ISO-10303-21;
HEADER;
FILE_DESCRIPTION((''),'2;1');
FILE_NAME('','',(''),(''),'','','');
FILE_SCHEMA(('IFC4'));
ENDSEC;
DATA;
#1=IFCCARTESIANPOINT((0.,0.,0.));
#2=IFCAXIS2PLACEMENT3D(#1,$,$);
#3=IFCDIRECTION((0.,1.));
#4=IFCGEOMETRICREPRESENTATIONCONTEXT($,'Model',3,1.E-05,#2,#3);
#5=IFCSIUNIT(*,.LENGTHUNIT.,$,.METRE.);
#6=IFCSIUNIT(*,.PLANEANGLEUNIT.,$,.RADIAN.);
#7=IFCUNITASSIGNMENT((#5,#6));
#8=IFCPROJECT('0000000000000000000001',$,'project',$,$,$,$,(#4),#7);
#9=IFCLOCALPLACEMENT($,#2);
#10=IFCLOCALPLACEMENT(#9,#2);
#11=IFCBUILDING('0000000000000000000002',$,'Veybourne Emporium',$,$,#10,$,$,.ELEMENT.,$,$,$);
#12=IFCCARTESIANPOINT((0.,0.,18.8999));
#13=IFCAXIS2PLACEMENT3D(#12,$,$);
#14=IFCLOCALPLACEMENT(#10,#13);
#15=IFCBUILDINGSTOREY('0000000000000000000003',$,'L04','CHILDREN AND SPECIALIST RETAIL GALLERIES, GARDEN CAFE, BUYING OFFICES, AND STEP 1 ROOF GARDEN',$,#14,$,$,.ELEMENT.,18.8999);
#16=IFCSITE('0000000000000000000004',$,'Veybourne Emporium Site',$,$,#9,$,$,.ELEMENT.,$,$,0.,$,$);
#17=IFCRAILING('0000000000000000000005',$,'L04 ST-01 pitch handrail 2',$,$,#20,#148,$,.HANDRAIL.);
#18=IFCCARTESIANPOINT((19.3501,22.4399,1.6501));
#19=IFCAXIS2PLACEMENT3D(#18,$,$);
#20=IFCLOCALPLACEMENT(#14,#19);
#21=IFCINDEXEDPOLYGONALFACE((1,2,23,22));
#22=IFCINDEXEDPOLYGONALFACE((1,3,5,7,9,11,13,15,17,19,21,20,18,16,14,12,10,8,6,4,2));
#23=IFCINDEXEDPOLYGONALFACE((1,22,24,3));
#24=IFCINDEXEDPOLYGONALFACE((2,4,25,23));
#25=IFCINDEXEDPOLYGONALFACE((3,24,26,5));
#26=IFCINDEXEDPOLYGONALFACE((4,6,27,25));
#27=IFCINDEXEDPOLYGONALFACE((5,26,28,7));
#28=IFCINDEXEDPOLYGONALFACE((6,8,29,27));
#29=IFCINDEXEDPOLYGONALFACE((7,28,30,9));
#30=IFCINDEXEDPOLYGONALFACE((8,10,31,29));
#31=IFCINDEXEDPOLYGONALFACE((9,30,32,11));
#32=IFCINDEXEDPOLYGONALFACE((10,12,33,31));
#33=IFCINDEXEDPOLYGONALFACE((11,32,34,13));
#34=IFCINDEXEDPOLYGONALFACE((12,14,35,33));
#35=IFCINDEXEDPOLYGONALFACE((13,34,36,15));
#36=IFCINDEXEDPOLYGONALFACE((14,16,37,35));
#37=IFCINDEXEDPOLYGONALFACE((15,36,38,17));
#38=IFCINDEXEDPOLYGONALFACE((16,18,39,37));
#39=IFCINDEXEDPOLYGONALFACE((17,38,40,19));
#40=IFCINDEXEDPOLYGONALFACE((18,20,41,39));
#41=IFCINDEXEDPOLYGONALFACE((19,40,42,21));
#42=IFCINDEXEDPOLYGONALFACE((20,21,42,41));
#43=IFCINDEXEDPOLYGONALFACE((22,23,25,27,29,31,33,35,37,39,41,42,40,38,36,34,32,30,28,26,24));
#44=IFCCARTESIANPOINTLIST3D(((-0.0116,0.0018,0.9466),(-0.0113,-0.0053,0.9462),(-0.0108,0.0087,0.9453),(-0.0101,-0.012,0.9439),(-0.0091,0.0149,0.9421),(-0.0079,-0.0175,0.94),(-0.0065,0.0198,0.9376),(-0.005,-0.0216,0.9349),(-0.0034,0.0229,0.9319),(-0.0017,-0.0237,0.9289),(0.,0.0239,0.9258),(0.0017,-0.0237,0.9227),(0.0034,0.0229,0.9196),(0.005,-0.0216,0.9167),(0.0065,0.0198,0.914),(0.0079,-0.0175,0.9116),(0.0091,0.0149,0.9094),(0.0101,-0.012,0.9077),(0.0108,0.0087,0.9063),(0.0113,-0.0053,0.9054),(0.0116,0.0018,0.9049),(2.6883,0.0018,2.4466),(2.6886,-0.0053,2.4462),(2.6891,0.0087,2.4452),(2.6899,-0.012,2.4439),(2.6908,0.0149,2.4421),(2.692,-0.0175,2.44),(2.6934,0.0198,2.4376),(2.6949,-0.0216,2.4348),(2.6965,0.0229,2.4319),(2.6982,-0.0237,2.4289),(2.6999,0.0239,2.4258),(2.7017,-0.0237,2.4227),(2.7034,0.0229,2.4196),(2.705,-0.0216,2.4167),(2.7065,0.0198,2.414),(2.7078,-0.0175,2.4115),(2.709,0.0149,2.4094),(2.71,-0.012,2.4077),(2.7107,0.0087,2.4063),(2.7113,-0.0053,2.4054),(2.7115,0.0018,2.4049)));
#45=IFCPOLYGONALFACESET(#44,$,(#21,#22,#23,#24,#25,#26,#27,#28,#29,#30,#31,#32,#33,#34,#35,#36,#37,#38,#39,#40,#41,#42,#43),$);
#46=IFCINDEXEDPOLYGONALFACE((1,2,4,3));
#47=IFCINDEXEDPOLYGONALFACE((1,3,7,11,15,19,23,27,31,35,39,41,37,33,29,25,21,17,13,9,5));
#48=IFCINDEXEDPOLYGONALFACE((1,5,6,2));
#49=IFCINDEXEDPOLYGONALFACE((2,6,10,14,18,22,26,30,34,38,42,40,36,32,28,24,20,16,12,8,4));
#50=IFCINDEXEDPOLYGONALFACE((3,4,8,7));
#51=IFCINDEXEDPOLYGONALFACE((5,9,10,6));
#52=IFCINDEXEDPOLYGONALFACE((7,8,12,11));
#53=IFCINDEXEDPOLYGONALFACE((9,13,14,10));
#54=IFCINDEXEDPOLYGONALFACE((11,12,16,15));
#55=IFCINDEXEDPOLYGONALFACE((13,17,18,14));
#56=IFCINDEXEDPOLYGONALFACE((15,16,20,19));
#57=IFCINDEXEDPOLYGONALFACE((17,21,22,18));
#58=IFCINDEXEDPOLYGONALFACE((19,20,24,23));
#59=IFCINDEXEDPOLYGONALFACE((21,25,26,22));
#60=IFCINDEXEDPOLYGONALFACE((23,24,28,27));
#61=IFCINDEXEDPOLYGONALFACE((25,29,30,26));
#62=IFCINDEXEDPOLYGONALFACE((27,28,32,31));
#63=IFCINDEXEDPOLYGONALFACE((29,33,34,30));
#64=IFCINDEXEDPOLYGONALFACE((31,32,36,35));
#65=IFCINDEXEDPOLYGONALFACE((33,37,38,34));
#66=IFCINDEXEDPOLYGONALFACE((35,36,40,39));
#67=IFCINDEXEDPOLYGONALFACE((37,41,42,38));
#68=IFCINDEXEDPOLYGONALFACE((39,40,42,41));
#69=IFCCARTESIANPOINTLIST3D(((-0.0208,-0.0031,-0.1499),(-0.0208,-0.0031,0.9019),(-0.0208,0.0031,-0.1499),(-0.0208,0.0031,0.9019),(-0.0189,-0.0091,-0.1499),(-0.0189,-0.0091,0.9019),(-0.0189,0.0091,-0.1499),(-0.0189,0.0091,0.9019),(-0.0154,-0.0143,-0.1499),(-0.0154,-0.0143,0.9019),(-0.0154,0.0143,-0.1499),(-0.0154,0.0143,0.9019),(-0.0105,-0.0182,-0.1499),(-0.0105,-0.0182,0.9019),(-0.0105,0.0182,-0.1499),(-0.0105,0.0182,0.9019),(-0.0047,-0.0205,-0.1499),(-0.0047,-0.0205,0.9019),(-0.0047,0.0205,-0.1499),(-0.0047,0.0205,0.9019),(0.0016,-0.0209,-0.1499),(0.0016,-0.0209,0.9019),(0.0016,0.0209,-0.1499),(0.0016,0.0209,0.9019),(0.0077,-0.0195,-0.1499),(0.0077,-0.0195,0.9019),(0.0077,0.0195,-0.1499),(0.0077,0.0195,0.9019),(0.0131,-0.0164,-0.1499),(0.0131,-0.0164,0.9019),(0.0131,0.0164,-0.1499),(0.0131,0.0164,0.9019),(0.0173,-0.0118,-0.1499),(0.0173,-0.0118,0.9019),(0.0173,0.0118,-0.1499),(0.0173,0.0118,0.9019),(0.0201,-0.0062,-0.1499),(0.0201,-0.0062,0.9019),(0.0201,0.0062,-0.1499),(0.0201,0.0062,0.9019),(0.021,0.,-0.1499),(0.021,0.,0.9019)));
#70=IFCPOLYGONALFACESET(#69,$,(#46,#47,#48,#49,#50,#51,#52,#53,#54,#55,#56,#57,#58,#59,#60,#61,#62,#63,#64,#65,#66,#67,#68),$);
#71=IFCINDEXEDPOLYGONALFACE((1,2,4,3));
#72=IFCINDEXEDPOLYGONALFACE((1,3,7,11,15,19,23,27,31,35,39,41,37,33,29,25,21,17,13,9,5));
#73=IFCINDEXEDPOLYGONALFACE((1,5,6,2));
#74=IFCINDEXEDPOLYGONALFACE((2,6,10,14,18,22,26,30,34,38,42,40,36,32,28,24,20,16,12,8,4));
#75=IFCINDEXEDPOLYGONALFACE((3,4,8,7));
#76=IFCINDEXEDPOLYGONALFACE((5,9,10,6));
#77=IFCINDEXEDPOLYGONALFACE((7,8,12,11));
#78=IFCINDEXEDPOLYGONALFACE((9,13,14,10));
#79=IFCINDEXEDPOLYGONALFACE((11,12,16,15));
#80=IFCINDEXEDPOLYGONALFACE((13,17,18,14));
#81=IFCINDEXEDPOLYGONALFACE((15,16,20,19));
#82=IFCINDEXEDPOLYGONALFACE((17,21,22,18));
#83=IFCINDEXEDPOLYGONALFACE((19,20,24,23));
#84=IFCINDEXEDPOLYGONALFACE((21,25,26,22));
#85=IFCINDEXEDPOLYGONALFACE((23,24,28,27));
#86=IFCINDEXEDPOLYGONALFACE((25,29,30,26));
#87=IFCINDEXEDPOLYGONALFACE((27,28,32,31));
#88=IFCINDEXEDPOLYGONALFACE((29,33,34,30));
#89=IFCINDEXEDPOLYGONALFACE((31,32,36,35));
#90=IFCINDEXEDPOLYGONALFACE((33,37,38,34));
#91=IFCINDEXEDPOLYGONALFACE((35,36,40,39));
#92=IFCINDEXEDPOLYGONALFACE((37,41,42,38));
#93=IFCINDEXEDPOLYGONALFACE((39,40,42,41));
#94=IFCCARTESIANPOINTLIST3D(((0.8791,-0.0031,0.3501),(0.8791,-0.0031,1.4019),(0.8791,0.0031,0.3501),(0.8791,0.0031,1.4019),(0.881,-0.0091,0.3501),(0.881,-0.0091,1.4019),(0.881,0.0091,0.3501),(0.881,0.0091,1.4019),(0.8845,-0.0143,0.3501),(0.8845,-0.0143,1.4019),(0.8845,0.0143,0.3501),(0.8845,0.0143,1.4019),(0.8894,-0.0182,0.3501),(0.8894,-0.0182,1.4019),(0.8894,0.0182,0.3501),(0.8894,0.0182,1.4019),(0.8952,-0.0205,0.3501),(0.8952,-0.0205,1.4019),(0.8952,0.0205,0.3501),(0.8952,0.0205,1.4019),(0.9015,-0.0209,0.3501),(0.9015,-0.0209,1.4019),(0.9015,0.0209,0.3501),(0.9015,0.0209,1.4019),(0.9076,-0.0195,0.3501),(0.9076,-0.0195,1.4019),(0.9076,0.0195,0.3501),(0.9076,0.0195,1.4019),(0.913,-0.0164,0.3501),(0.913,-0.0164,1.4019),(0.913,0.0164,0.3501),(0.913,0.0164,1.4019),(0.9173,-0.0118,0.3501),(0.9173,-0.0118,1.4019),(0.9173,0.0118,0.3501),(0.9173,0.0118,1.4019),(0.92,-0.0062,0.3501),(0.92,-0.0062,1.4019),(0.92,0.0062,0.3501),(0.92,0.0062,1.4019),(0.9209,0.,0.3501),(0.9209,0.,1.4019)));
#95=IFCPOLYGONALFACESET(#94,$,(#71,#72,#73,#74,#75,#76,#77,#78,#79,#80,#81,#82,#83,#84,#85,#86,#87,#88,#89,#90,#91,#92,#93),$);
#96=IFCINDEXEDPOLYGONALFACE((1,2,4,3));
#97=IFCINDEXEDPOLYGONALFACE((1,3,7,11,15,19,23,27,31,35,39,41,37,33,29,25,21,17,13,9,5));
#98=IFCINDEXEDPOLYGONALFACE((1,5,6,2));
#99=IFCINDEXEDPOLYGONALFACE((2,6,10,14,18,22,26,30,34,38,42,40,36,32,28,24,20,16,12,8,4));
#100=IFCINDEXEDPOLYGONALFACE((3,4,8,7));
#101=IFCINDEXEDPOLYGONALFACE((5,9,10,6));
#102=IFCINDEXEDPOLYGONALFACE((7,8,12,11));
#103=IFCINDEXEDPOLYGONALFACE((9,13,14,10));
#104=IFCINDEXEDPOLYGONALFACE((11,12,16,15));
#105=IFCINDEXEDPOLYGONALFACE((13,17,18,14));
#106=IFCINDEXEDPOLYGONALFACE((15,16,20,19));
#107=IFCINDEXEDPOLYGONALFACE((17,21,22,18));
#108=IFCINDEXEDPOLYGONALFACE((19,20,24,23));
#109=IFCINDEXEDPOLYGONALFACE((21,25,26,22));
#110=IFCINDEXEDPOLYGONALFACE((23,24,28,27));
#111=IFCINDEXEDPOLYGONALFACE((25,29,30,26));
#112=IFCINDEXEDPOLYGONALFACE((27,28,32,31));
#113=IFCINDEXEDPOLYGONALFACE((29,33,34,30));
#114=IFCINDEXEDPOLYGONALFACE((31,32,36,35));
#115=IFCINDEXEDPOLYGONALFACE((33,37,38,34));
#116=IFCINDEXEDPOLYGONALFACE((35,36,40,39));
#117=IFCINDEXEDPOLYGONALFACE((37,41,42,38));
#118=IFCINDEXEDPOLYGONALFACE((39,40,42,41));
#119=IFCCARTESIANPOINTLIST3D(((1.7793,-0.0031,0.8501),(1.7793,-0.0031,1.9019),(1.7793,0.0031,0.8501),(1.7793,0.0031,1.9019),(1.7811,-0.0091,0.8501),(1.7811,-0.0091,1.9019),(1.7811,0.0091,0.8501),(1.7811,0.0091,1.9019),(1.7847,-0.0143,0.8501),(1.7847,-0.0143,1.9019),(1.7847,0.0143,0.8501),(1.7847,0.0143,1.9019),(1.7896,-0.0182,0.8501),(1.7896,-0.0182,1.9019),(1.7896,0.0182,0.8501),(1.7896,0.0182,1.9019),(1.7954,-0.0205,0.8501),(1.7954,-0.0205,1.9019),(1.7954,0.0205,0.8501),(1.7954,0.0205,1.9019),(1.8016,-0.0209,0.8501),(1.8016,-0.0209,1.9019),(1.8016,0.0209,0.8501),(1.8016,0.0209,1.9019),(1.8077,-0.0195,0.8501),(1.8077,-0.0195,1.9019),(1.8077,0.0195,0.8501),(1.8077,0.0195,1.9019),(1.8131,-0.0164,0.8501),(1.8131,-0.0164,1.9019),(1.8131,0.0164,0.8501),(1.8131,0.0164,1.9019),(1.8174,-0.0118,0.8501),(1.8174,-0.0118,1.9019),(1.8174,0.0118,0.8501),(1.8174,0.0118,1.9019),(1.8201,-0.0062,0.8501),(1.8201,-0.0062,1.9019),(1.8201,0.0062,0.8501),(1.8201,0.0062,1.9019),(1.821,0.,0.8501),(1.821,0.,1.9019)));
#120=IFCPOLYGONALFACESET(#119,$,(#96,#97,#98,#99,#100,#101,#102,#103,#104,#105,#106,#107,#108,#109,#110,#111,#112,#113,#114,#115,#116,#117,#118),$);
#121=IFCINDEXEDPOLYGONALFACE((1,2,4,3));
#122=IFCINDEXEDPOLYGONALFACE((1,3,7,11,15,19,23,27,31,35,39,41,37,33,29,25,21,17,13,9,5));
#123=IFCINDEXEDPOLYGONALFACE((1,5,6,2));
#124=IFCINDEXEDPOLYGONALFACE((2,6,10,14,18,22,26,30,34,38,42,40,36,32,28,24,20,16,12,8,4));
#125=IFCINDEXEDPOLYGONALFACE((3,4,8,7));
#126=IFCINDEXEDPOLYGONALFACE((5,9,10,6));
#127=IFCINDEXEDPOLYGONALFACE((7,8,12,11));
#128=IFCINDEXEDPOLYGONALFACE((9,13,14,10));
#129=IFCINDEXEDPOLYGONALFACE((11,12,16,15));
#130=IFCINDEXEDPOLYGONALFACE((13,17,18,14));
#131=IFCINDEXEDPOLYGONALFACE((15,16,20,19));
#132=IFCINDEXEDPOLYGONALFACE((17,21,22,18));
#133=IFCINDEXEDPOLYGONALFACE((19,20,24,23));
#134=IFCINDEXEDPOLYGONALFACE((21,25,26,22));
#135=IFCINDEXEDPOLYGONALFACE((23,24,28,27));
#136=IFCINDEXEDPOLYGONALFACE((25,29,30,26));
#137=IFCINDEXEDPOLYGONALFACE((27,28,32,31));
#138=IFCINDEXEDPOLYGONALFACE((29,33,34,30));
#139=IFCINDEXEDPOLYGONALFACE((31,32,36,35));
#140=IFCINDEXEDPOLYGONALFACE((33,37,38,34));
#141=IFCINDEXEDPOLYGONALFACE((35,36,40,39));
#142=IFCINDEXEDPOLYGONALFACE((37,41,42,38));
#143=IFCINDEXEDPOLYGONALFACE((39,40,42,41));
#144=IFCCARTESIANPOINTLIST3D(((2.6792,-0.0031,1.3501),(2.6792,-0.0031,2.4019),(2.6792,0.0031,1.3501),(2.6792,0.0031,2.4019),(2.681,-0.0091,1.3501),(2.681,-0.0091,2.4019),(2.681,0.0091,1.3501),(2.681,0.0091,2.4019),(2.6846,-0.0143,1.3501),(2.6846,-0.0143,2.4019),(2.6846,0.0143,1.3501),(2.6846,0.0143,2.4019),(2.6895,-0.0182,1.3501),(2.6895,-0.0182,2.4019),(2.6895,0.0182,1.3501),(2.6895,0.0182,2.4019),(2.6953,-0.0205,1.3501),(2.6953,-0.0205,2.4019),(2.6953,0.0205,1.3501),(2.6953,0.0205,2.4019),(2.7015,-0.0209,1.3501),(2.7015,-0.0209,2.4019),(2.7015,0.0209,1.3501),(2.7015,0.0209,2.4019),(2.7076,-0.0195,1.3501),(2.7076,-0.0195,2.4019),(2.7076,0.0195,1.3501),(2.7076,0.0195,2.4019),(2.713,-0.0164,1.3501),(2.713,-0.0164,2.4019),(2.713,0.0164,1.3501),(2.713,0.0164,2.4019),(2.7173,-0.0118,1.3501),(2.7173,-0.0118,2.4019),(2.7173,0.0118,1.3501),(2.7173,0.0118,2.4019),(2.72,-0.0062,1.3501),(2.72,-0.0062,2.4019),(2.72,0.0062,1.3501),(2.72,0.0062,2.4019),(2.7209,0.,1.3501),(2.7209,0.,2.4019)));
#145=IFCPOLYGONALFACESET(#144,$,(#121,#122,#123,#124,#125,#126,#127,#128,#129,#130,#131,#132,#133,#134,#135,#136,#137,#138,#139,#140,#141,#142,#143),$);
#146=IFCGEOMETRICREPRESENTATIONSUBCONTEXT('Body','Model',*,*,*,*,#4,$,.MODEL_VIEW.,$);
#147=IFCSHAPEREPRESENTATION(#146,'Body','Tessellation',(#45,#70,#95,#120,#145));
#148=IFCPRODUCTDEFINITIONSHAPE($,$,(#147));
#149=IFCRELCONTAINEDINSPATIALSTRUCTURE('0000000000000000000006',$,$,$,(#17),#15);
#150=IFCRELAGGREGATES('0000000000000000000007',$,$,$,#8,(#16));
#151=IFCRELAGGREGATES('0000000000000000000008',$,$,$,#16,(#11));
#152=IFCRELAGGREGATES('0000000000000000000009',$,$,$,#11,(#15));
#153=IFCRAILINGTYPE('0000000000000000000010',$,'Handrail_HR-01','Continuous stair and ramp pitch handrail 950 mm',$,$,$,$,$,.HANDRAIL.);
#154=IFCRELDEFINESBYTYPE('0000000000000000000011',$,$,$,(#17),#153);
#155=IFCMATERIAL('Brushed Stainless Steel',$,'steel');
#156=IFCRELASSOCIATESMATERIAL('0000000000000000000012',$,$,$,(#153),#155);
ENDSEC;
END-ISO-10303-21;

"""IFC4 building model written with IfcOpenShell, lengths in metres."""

from ifc_helpers import new_model, si_unit, direction, frame, origin, origin_2d, place, context, subcontext, project, spatial, circle, extrude, material, type_object, element, save


model = new_model("IFC4")

# Units and contexts
model_context = context("Model", 3, precision=1e-05, world=origin(), true_north=direction((0.0, 1.0)))
body_context = subcontext(model_context, "Body", "Model", "MODEL_VIEW")
ifc_project = project(units=[si_unit("LENGTHUNIT", "METRE"), si_unit("PLANEANGLEUNIT", "RADIAN")], contexts=[model_context])

# Site, building, storey
site_placement = place(None, origin())
site = spatial("IfcSite", under=ifc_project, at=site_placement, Name="Veybourne Emporium Site", CompositionType="ELEMENT", RefElevation=0.0)
building_placement = place(site_placement, origin())
building = spatial("IfcBuilding", under=site, at=building_placement, Name="Veybourne Emporium", CompositionType="ELEMENT")
storey_placement = place(building_placement, frame((0.0, 0.0, 18.8999)))
storey = spatial("IfcBuildingStorey", under=building, at=storey_placement, Name="L04", Description="CHILDREN AND SPECIALIST RETAIL GALLERIES, GARDEN CAFE, BUYING OFFICES, AND STEP 1 ROOF GARDEN", CompositionType="ELEMENT", Elevation=18.8999)

# Railing
ifc_material_1 = material(Name="Brushed Stainless Steel", Category="steel")
railing_type_1 = type_object("IfcRailingType", Name="Handrail_HR-01", Description="Continuous stair and ramp pitch handrail 950 mm", PredefinedType="HANDRAIL", material=ifc_material_1)
railing_1_placement = place(storey_placement, frame((19.3501, 22.4399, 1.6501)))
element("IfcRailing", 1, at=railing_1_placement, inside=storey, type_object=railing_type_1, Name="L04 ST-01 pitch handrail 2", PredefinedType="HANDRAIL", context=body_context, shape_type="SweptSolid", body=[
    extrude(circle(Radius=0.0239, at=origin_2d()), frame((0.0, 0.0, 0.9258), z_axis=(0.874154, 0.0, 0.48565), x_axis=(0.0, 1.0, 0.0)), (0.0, 0.0, 1.0), 3.0886),
    extrude(circle(Radius=0.021, at=origin_2d()), frame((0.0, 0.0, -0.1499)), (0.0, 0.0, 1.0), 1.0518),
    extrude(circle(Radius=0.021, at=origin_2d()), frame((0.8999, 0.0, 0.3501)), (0.0, 0.0, 1.0), 1.0518),
    extrude(circle(Radius=0.021, at=origin_2d()), frame((1.8, 0.0, 0.8501)), (0.0, 0.0, 1.0), 1.0518),
    extrude(circle(Radius=0.021, at=origin_2d()), frame((2.7, 0.0, 1.3501)), (0.0, 0.0, 1.0), 1.0518),
])

save(model, "model.ifc")
